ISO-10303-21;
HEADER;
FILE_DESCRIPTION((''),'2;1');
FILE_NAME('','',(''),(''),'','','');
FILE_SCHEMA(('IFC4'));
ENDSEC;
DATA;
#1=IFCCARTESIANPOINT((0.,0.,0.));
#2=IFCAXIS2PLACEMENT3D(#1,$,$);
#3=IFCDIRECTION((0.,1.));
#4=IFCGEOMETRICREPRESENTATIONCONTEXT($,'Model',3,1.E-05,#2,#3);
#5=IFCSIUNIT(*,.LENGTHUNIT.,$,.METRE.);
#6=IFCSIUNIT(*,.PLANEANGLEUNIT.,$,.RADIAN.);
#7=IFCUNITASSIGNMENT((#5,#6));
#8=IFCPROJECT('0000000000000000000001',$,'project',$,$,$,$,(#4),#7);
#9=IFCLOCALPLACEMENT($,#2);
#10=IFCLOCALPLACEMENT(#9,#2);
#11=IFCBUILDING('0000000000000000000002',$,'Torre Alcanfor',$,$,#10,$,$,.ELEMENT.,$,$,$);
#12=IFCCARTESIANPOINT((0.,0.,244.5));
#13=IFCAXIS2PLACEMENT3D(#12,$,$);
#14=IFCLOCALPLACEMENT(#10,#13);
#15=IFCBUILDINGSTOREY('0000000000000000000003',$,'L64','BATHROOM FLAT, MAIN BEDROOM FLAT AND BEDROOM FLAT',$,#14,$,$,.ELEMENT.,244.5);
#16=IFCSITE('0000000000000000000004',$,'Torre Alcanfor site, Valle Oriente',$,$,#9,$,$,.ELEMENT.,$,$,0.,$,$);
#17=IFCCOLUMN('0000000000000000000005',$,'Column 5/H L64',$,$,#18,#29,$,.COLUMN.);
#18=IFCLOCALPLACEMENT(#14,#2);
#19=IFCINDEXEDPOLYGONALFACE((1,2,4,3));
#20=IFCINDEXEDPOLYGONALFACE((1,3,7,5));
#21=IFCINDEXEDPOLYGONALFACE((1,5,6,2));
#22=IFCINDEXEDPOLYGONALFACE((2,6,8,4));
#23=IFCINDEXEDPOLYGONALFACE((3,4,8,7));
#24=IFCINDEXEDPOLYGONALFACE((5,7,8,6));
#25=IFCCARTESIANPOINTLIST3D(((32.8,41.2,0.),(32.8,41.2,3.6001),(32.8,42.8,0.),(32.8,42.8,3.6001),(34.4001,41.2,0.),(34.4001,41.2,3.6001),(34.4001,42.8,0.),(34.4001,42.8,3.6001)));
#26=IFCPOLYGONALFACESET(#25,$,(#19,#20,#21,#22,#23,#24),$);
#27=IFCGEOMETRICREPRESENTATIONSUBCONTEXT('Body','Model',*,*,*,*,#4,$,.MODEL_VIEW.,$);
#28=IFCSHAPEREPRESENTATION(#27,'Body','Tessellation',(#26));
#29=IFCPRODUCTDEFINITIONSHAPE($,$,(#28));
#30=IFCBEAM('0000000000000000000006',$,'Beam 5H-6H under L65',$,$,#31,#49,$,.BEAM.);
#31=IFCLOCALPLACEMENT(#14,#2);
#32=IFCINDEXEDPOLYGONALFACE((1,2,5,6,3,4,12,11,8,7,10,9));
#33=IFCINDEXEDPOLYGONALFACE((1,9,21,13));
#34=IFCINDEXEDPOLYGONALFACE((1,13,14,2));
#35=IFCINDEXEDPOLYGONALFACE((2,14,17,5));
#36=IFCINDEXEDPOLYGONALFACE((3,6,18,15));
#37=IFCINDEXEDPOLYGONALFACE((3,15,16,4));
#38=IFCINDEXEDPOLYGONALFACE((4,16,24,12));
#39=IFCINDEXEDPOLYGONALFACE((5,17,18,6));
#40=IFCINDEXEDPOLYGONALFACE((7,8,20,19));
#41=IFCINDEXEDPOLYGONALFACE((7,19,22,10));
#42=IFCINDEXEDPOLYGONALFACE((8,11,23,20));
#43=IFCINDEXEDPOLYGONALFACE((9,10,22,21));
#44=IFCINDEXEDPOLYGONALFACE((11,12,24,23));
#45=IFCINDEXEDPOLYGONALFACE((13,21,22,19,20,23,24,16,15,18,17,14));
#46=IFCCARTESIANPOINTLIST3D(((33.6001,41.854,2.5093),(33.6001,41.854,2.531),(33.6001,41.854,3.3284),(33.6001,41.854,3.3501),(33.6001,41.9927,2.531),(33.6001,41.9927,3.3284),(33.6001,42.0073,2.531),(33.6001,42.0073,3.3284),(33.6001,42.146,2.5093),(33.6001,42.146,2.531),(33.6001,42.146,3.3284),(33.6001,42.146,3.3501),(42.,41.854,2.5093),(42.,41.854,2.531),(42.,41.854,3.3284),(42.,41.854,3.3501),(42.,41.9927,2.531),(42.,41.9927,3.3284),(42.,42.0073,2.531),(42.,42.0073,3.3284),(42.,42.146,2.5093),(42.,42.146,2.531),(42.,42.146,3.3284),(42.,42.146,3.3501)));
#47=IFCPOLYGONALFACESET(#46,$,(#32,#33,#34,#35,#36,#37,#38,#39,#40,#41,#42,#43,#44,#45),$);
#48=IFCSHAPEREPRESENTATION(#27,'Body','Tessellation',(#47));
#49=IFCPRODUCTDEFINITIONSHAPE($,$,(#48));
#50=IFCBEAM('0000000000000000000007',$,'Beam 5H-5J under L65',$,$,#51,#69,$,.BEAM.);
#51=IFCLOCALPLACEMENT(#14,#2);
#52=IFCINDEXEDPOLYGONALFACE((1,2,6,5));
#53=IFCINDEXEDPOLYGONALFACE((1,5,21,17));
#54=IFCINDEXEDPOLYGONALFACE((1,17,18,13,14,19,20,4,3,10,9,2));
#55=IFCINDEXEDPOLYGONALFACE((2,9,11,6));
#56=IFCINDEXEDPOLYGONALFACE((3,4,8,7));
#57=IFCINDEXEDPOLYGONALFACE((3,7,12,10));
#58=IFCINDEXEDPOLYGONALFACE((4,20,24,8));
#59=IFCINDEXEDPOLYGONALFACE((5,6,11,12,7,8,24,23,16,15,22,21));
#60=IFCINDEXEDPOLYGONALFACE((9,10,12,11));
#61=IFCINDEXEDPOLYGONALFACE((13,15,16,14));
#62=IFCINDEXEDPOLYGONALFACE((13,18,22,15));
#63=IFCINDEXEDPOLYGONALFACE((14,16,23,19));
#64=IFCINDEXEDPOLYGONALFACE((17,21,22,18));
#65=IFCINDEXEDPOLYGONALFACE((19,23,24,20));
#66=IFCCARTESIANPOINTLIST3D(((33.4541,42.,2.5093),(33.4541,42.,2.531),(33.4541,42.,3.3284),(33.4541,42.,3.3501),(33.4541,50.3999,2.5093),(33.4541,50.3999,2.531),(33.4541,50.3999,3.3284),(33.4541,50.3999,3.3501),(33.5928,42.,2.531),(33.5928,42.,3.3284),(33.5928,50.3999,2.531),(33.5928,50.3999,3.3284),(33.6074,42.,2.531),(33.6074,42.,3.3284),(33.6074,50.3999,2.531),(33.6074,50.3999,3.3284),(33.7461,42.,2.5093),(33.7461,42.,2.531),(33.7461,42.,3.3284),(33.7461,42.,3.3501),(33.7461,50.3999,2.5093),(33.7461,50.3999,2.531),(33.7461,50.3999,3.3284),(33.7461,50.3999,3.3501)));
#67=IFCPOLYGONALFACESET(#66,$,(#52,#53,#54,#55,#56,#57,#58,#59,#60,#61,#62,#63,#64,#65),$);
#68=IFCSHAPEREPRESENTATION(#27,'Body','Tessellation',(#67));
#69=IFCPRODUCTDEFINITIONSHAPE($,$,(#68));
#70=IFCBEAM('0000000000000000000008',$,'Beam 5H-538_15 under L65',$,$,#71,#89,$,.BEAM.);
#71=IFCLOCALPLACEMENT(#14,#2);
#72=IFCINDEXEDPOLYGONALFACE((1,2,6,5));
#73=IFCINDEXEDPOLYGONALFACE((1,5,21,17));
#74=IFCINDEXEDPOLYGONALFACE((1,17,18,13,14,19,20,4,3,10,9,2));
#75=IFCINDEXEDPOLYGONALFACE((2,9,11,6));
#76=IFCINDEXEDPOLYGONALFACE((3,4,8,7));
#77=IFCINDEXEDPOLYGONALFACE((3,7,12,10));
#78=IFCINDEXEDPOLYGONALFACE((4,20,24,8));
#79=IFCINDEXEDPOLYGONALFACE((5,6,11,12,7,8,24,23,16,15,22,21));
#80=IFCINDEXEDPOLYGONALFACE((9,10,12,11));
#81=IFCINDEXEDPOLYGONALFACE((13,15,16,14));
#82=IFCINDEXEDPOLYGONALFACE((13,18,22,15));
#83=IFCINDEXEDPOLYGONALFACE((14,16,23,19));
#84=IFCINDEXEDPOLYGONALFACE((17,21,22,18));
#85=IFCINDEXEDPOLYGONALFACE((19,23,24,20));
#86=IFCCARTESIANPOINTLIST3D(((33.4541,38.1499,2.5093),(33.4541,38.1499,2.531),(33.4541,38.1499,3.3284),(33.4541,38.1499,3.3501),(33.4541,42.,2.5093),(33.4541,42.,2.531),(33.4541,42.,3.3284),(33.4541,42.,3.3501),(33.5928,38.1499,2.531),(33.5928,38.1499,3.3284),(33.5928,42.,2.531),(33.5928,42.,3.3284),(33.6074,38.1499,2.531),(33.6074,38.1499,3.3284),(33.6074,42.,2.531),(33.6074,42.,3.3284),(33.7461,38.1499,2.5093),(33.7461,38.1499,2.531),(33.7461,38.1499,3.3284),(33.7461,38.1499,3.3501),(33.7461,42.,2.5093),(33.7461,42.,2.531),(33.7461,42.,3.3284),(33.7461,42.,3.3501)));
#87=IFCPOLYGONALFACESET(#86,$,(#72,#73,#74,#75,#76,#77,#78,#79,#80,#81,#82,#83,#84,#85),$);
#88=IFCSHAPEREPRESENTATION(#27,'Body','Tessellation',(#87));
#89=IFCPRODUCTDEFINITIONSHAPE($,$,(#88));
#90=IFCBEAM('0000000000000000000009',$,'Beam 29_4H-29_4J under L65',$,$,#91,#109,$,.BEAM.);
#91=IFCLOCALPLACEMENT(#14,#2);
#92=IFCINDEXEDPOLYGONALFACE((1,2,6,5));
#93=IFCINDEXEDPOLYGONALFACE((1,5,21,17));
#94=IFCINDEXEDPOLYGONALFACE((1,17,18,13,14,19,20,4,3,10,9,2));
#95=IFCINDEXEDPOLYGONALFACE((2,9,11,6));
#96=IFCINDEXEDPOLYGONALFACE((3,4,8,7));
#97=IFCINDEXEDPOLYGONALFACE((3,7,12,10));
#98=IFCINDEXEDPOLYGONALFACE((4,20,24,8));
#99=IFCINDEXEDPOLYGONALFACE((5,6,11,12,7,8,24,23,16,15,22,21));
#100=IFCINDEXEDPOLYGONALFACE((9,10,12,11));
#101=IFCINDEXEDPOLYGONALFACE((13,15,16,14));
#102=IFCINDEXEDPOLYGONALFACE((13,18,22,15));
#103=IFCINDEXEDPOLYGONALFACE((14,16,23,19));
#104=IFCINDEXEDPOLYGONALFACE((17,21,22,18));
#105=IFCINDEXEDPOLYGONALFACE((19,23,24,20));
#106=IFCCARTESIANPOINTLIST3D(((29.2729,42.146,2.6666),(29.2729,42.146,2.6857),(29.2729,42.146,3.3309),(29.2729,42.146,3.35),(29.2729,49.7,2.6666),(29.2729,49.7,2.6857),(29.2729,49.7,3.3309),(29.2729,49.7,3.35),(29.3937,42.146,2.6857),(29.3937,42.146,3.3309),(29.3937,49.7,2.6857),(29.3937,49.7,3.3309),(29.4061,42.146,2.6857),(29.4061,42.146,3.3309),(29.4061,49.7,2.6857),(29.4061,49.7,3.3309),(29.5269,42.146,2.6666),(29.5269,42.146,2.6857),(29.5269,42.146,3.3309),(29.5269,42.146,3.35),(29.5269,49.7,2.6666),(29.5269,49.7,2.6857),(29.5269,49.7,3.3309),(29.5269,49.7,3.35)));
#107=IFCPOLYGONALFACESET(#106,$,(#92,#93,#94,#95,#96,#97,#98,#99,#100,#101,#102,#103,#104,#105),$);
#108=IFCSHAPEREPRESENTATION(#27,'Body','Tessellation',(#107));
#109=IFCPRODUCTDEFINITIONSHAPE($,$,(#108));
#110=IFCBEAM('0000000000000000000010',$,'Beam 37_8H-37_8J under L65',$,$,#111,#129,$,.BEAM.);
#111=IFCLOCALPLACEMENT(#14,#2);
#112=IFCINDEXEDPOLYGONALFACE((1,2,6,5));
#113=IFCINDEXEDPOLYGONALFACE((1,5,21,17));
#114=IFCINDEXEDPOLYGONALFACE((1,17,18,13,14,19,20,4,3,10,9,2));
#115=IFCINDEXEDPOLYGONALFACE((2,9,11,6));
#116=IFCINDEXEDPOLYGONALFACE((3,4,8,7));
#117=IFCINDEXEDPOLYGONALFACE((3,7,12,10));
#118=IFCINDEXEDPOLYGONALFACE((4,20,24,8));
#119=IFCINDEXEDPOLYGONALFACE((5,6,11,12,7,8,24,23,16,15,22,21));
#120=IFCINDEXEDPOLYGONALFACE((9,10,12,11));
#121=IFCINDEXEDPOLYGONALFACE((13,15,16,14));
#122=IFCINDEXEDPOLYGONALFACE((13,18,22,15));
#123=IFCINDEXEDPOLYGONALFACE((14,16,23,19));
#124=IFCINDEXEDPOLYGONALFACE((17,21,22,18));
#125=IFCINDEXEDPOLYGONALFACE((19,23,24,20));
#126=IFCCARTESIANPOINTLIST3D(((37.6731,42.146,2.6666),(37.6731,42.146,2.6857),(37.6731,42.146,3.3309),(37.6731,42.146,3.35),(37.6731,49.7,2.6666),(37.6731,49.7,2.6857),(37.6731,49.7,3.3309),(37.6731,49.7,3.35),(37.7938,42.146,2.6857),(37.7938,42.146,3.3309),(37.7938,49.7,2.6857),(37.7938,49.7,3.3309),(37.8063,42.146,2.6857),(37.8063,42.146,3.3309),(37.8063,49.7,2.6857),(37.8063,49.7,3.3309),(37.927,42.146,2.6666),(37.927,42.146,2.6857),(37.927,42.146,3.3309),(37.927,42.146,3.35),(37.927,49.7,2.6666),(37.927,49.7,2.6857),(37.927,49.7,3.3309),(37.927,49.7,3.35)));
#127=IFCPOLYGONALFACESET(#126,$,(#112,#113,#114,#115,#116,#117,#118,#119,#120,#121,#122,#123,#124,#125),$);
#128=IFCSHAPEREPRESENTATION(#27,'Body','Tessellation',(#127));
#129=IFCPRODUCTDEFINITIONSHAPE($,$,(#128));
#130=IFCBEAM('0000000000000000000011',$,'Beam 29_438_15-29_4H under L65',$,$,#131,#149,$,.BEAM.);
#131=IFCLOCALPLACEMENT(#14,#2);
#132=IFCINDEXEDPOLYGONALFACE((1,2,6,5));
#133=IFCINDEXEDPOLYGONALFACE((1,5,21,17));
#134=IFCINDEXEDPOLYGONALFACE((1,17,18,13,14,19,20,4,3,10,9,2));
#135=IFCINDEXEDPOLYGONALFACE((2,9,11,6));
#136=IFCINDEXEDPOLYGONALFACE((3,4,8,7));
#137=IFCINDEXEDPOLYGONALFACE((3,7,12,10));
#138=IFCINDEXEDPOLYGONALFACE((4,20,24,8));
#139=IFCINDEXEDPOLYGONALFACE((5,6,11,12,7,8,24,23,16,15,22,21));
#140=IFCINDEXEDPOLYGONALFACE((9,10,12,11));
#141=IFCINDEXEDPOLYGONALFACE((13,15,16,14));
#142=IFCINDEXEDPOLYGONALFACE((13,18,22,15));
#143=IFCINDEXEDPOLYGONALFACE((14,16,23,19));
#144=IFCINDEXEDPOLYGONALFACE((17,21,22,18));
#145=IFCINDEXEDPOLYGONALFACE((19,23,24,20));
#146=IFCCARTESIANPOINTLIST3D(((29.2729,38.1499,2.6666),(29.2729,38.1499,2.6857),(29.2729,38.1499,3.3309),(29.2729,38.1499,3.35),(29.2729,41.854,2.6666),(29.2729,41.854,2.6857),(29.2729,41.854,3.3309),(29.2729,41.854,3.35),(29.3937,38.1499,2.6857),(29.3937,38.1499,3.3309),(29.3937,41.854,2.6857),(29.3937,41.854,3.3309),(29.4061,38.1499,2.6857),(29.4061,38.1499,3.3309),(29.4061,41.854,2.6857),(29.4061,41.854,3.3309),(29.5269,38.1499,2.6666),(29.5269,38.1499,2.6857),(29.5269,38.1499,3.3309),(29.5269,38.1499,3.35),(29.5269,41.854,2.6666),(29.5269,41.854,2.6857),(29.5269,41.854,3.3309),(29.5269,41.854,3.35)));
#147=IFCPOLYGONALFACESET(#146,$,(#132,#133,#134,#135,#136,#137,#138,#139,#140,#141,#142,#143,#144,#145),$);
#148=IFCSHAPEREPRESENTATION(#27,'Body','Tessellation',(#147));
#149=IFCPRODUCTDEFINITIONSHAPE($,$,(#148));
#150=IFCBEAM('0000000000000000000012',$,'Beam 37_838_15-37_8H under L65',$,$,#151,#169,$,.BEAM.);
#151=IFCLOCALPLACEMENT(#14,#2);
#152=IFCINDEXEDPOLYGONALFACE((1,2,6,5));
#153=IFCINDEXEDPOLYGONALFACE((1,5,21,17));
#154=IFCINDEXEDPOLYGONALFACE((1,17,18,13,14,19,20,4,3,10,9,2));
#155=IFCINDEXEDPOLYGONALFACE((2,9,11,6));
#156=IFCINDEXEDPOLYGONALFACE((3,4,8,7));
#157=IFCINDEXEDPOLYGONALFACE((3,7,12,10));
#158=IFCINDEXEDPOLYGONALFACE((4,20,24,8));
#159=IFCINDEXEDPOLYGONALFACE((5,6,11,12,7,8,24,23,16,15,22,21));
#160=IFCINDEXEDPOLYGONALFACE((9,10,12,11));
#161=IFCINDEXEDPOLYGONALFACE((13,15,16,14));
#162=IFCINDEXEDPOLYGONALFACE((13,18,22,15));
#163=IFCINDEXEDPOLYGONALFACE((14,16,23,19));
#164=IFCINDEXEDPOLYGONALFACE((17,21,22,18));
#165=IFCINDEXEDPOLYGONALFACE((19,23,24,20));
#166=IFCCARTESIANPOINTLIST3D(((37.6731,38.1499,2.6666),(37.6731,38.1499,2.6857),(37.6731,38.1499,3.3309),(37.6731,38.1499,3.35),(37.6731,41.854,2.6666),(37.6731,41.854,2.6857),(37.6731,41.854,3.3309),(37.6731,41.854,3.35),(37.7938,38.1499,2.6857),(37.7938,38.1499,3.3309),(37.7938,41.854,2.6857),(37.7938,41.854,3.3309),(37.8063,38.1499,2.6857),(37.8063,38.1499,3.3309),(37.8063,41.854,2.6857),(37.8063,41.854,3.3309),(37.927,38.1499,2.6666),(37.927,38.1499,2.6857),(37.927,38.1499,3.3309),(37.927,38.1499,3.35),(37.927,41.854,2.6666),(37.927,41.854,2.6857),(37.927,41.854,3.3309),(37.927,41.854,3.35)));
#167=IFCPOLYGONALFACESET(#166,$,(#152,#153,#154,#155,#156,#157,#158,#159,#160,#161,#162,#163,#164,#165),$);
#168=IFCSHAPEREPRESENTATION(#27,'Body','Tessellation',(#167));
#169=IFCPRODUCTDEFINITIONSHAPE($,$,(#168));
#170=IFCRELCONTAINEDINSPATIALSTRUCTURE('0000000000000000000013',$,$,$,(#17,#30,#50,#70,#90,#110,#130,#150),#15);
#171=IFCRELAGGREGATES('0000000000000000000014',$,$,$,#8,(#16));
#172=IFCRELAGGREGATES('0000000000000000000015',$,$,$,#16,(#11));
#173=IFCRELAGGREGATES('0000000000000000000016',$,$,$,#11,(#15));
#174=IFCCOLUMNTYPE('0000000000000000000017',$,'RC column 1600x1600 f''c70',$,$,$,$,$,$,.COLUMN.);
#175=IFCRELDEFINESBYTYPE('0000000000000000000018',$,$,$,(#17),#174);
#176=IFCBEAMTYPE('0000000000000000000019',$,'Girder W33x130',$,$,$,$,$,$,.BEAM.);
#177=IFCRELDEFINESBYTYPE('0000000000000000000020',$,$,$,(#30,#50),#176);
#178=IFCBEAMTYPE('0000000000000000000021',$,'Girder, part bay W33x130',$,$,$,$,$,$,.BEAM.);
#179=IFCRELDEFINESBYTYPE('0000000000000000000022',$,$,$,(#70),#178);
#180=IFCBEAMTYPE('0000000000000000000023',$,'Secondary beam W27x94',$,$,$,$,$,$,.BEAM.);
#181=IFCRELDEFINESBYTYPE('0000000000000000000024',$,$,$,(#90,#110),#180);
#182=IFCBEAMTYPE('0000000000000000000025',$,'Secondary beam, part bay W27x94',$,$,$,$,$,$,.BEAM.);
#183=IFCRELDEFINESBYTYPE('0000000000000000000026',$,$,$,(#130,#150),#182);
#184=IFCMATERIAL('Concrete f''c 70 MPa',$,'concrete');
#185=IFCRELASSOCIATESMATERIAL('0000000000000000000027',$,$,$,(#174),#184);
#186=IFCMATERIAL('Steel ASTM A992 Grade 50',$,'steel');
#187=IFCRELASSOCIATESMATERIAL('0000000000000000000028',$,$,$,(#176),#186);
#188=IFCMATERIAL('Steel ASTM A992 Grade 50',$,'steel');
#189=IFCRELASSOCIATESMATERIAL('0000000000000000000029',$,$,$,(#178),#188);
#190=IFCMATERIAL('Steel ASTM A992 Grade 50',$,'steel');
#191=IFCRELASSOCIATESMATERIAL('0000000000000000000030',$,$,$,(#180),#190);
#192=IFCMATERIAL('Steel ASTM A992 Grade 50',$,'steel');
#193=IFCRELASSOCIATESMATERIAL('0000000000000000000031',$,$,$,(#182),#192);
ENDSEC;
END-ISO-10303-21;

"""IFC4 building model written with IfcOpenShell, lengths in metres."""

from ifc_helpers import new_model, si_unit, direction, frame, origin, origin_2d, place, context, subcontext, project, spatial, rectangle, i_section, extrude, material, material_profile, profile_set, type_object, element, save


model = new_model("IFC4")

# Units and contexts
model_context = context("Model", 3, precision=1e-05, world=origin(), true_north=direction((0.0, 1.0)))
body_context = subcontext(model_context, "Body", "Model", "MODEL_VIEW")
ifc_project = project(units=[si_unit("LENGTHUNIT", "METRE"), si_unit("PLANEANGLEUNIT", "RADIAN")], contexts=[model_context])

# Site, building, storey
site_placement = place(None, origin())
site = spatial("IfcSite", under=ifc_project, at=site_placement, Name="Torre Alcanfor site, Valle Oriente", CompositionType="ELEMENT", RefElevation=0.0)
building_placement = place(site_placement, origin())
building = spatial("IfcBuilding", under=site, at=building_placement, Name="Torre Alcanfor", CompositionType="ELEMENT")
storey_placement = place(building_placement, frame((0.0, 0.0, 244.5)))
storey = spatial("IfcBuildingStorey", under=building, at=storey_placement, Name="L64", Description="BATHROOM FLAT, MAIN BEDROOM FLAT AND BEDROOM FLAT", CompositionType="ELEMENT", Elevation=244.5)

# Column
ifc_material_1 = material(Name="Concrete f'c 70 MPa", Category="concrete")
ifc_material_profile_1 = material_profile(ifc_material_1, rectangle(XDim=1.6001, YDim=1.6001, at=origin_2d()), Name="1600x1600")
ifc_profile_set_1 = profile_set([ifc_material_profile_1], Name="Concrete f'c 70 MPa")
column_type = type_object("IfcColumnType", Name="RC column 1600x1600 f'c70", PredefinedType="COLUMN", material=ifc_profile_set_1)
column_placement = place(storey_placement, frame((33.6001, 42.0, 0.0), z_axis=(0.0, 0.0, 1.0), x_axis=(1.0, 0.0, 0.0)))
element("IfcColumn", 1, at=column_placement, inside=storey, type_object=column_type, Name="Column 5/H L64", PredefinedType="COLUMN", context=body_context, shape_type="SweptSolid", body=[
    extrude(rectangle(XDim=1.6001, YDim=1.6001, at=origin_2d()), origin(), (0.0, 0.0, 1.0), 3.6001),
])

# Beams
ifc_material_2 = material(Name="Steel ASTM A992 Grade 50", Category="steel")
ifc_material_profile_2 = material_profile(ifc_material_2, i_section(OverallWidth=0.292, OverallDepth=0.8408, WebThickness=0.0146, FlangeThickness=0.0217, at=origin_2d()), Name="W33x130")
ifc_profile_set_2 = profile_set([ifc_material_profile_2], Name="Steel ASTM A992 Grade 50")
beam_type_1 = type_object("IfcBeamType", Name="Girder W33x130", PredefinedType="BEAM", material=ifc_profile_set_2)
for number, where, z_axis, x_axis, name in (
    (2, (33.6001, 42.0, 2.9297), (1.0, 0.0, 0.0), (0.0, 1.0, 0.0), "Beam 5H-6H under L65"),
    (3, (33.6001, 42.0, 2.9297), (0.0, 1.0, 0.0), (-1.0, 0.0, 0.0), "Beam 5H-5J under L65"),
):
    element("IfcBeam", number, at=place(storey_placement, frame(where, z_axis=z_axis, x_axis=x_axis)), inside=storey, type_object=beam_type_1, Name=name, PredefinedType="BEAM", context=body_context, shape_type="SweptSolid", body=[
        extrude(i_section(OverallWidth=0.292, OverallDepth=0.8408, WebThickness=0.0146, FlangeThickness=0.0217, at=origin_2d()), origin(), (0.0, 0.0, 1.0), 8.3999),
    ])
ifc_material_3 = material(Name="Steel ASTM A992 Grade 50", Category="steel")
ifc_material_profile_3 = material_profile(ifc_material_3, i_section(OverallWidth=0.292, OverallDepth=0.8408, WebThickness=0.0146, FlangeThickness=0.0217, at=origin_2d()), Name="W33x130")
ifc_profile_set_3 = profile_set([ifc_material_profile_3], Name="Steel ASTM A992 Grade 50")
beam_type_2 = type_object("IfcBeamType", Name="Girder, part bay W33x130", PredefinedType="BEAM", material=ifc_profile_set_3)
beam_1_placement = place(storey_placement, frame((33.6001, 42.0, 2.9297), z_axis=(0.0, -1.0, 0.0), x_axis=(1.0, 0.0, 0.0)))
element("IfcBeam", 4, at=beam_1_placement, inside=storey, type_object=beam_type_2, Name="Beam 5H-538_15 under L65", PredefinedType="BEAM", context=body_context, shape_type="SweptSolid", body=[
    extrude(i_section(OverallWidth=0.292, OverallDepth=0.8408, WebThickness=0.0146, FlangeThickness=0.0217, at=origin_2d()), origin(), (0.0, 0.0, 1.0), 3.8501),
])
ifc_material_4 = material(Name="Steel ASTM A992 Grade 50", Category="steel")
ifc_material_profile_4 = material_profile(ifc_material_4, i_section(OverallWidth=0.2539, OverallDepth=0.6833, WebThickness=0.0125, FlangeThickness=0.019, at=origin_2d()), Name="W27x94")
ifc_profile_set_4 = profile_set([ifc_material_profile_4], Name="Steel ASTM A992 Grade 50")
beam_type_3 = type_object("IfcBeamType", Name="Secondary beam W27x94", PredefinedType="BEAM", material=ifc_profile_set_4)
for number, where, z_axis, x_axis, name in (
    (5, (29.3999, 42.146, 3.0083), (0.0, 1.0, 0.0), (-1.0, 0.0, 0.0), "Beam 29_4H-29_4J under L65"),
    (6, (37.8, 42.146, 3.0083), (0.0, 1.0, 0.0), (-1.0, 0.0, 0.0), "Beam 37_8H-37_8J under L65"),
):
    element("IfcBeam", number, at=place(storey_placement, frame(where, z_axis=z_axis, x_axis=x_axis)), inside=storey, type_object=beam_type_3, Name=name, PredefinedType="BEAM", context=body_context, shape_type="SweptSolid", body=[
        extrude(i_section(OverallWidth=0.2539, OverallDepth=0.6833, WebThickness=0.0125, FlangeThickness=0.019, at=origin_2d()), origin(), (0.0, 0.0, 1.0), 7.554),
    ])
ifc_material_5 = material(Name="Steel ASTM A992 Grade 50", Category="steel")
ifc_material_profile_5 = material_profile(ifc_material_5, i_section(OverallWidth=0.2539, OverallDepth=0.6833, WebThickness=0.0125, FlangeThickness=0.019, at=origin_2d()), Name="W27x94")
ifc_profile_set_5 = profile_set([ifc_material_profile_5], Name="Steel ASTM A992 Grade 50")
beam_type_4 = type_object("IfcBeamType", Name="Secondary beam, part bay W27x94", PredefinedType="BEAM", material=ifc_profile_set_5)
for number, where, z_axis, x_axis, name in (
    (7, (29.3999, 38.1499, 3.0083), (0.0, 1.0, 0.0), (-1.0, 0.0, 0.0), "Beam 29_438_15-29_4H under L65"),
    (8, (37.8, 38.1499, 3.0083), (0.0, 1.0, 0.0), (-1.0, 0.0, 0.0), "Beam 37_838_15-37_8H under L65"),
):
    element("IfcBeam", number, at=place(storey_placement, frame(where, z_axis=z_axis, x_axis=x_axis)), inside=storey, type_object=beam_type_4, Name=name, PredefinedType="BEAM", context=body_context, shape_type="SweptSolid", body=[
        extrude(i_section(OverallWidth=0.2539, OverallDepth=0.6833, WebThickness=0.0125, FlangeThickness=0.019, at=origin_2d()), origin(), (0.0, 0.0, 1.0), 3.7041),
    ])

save(model, "model.ifc")
